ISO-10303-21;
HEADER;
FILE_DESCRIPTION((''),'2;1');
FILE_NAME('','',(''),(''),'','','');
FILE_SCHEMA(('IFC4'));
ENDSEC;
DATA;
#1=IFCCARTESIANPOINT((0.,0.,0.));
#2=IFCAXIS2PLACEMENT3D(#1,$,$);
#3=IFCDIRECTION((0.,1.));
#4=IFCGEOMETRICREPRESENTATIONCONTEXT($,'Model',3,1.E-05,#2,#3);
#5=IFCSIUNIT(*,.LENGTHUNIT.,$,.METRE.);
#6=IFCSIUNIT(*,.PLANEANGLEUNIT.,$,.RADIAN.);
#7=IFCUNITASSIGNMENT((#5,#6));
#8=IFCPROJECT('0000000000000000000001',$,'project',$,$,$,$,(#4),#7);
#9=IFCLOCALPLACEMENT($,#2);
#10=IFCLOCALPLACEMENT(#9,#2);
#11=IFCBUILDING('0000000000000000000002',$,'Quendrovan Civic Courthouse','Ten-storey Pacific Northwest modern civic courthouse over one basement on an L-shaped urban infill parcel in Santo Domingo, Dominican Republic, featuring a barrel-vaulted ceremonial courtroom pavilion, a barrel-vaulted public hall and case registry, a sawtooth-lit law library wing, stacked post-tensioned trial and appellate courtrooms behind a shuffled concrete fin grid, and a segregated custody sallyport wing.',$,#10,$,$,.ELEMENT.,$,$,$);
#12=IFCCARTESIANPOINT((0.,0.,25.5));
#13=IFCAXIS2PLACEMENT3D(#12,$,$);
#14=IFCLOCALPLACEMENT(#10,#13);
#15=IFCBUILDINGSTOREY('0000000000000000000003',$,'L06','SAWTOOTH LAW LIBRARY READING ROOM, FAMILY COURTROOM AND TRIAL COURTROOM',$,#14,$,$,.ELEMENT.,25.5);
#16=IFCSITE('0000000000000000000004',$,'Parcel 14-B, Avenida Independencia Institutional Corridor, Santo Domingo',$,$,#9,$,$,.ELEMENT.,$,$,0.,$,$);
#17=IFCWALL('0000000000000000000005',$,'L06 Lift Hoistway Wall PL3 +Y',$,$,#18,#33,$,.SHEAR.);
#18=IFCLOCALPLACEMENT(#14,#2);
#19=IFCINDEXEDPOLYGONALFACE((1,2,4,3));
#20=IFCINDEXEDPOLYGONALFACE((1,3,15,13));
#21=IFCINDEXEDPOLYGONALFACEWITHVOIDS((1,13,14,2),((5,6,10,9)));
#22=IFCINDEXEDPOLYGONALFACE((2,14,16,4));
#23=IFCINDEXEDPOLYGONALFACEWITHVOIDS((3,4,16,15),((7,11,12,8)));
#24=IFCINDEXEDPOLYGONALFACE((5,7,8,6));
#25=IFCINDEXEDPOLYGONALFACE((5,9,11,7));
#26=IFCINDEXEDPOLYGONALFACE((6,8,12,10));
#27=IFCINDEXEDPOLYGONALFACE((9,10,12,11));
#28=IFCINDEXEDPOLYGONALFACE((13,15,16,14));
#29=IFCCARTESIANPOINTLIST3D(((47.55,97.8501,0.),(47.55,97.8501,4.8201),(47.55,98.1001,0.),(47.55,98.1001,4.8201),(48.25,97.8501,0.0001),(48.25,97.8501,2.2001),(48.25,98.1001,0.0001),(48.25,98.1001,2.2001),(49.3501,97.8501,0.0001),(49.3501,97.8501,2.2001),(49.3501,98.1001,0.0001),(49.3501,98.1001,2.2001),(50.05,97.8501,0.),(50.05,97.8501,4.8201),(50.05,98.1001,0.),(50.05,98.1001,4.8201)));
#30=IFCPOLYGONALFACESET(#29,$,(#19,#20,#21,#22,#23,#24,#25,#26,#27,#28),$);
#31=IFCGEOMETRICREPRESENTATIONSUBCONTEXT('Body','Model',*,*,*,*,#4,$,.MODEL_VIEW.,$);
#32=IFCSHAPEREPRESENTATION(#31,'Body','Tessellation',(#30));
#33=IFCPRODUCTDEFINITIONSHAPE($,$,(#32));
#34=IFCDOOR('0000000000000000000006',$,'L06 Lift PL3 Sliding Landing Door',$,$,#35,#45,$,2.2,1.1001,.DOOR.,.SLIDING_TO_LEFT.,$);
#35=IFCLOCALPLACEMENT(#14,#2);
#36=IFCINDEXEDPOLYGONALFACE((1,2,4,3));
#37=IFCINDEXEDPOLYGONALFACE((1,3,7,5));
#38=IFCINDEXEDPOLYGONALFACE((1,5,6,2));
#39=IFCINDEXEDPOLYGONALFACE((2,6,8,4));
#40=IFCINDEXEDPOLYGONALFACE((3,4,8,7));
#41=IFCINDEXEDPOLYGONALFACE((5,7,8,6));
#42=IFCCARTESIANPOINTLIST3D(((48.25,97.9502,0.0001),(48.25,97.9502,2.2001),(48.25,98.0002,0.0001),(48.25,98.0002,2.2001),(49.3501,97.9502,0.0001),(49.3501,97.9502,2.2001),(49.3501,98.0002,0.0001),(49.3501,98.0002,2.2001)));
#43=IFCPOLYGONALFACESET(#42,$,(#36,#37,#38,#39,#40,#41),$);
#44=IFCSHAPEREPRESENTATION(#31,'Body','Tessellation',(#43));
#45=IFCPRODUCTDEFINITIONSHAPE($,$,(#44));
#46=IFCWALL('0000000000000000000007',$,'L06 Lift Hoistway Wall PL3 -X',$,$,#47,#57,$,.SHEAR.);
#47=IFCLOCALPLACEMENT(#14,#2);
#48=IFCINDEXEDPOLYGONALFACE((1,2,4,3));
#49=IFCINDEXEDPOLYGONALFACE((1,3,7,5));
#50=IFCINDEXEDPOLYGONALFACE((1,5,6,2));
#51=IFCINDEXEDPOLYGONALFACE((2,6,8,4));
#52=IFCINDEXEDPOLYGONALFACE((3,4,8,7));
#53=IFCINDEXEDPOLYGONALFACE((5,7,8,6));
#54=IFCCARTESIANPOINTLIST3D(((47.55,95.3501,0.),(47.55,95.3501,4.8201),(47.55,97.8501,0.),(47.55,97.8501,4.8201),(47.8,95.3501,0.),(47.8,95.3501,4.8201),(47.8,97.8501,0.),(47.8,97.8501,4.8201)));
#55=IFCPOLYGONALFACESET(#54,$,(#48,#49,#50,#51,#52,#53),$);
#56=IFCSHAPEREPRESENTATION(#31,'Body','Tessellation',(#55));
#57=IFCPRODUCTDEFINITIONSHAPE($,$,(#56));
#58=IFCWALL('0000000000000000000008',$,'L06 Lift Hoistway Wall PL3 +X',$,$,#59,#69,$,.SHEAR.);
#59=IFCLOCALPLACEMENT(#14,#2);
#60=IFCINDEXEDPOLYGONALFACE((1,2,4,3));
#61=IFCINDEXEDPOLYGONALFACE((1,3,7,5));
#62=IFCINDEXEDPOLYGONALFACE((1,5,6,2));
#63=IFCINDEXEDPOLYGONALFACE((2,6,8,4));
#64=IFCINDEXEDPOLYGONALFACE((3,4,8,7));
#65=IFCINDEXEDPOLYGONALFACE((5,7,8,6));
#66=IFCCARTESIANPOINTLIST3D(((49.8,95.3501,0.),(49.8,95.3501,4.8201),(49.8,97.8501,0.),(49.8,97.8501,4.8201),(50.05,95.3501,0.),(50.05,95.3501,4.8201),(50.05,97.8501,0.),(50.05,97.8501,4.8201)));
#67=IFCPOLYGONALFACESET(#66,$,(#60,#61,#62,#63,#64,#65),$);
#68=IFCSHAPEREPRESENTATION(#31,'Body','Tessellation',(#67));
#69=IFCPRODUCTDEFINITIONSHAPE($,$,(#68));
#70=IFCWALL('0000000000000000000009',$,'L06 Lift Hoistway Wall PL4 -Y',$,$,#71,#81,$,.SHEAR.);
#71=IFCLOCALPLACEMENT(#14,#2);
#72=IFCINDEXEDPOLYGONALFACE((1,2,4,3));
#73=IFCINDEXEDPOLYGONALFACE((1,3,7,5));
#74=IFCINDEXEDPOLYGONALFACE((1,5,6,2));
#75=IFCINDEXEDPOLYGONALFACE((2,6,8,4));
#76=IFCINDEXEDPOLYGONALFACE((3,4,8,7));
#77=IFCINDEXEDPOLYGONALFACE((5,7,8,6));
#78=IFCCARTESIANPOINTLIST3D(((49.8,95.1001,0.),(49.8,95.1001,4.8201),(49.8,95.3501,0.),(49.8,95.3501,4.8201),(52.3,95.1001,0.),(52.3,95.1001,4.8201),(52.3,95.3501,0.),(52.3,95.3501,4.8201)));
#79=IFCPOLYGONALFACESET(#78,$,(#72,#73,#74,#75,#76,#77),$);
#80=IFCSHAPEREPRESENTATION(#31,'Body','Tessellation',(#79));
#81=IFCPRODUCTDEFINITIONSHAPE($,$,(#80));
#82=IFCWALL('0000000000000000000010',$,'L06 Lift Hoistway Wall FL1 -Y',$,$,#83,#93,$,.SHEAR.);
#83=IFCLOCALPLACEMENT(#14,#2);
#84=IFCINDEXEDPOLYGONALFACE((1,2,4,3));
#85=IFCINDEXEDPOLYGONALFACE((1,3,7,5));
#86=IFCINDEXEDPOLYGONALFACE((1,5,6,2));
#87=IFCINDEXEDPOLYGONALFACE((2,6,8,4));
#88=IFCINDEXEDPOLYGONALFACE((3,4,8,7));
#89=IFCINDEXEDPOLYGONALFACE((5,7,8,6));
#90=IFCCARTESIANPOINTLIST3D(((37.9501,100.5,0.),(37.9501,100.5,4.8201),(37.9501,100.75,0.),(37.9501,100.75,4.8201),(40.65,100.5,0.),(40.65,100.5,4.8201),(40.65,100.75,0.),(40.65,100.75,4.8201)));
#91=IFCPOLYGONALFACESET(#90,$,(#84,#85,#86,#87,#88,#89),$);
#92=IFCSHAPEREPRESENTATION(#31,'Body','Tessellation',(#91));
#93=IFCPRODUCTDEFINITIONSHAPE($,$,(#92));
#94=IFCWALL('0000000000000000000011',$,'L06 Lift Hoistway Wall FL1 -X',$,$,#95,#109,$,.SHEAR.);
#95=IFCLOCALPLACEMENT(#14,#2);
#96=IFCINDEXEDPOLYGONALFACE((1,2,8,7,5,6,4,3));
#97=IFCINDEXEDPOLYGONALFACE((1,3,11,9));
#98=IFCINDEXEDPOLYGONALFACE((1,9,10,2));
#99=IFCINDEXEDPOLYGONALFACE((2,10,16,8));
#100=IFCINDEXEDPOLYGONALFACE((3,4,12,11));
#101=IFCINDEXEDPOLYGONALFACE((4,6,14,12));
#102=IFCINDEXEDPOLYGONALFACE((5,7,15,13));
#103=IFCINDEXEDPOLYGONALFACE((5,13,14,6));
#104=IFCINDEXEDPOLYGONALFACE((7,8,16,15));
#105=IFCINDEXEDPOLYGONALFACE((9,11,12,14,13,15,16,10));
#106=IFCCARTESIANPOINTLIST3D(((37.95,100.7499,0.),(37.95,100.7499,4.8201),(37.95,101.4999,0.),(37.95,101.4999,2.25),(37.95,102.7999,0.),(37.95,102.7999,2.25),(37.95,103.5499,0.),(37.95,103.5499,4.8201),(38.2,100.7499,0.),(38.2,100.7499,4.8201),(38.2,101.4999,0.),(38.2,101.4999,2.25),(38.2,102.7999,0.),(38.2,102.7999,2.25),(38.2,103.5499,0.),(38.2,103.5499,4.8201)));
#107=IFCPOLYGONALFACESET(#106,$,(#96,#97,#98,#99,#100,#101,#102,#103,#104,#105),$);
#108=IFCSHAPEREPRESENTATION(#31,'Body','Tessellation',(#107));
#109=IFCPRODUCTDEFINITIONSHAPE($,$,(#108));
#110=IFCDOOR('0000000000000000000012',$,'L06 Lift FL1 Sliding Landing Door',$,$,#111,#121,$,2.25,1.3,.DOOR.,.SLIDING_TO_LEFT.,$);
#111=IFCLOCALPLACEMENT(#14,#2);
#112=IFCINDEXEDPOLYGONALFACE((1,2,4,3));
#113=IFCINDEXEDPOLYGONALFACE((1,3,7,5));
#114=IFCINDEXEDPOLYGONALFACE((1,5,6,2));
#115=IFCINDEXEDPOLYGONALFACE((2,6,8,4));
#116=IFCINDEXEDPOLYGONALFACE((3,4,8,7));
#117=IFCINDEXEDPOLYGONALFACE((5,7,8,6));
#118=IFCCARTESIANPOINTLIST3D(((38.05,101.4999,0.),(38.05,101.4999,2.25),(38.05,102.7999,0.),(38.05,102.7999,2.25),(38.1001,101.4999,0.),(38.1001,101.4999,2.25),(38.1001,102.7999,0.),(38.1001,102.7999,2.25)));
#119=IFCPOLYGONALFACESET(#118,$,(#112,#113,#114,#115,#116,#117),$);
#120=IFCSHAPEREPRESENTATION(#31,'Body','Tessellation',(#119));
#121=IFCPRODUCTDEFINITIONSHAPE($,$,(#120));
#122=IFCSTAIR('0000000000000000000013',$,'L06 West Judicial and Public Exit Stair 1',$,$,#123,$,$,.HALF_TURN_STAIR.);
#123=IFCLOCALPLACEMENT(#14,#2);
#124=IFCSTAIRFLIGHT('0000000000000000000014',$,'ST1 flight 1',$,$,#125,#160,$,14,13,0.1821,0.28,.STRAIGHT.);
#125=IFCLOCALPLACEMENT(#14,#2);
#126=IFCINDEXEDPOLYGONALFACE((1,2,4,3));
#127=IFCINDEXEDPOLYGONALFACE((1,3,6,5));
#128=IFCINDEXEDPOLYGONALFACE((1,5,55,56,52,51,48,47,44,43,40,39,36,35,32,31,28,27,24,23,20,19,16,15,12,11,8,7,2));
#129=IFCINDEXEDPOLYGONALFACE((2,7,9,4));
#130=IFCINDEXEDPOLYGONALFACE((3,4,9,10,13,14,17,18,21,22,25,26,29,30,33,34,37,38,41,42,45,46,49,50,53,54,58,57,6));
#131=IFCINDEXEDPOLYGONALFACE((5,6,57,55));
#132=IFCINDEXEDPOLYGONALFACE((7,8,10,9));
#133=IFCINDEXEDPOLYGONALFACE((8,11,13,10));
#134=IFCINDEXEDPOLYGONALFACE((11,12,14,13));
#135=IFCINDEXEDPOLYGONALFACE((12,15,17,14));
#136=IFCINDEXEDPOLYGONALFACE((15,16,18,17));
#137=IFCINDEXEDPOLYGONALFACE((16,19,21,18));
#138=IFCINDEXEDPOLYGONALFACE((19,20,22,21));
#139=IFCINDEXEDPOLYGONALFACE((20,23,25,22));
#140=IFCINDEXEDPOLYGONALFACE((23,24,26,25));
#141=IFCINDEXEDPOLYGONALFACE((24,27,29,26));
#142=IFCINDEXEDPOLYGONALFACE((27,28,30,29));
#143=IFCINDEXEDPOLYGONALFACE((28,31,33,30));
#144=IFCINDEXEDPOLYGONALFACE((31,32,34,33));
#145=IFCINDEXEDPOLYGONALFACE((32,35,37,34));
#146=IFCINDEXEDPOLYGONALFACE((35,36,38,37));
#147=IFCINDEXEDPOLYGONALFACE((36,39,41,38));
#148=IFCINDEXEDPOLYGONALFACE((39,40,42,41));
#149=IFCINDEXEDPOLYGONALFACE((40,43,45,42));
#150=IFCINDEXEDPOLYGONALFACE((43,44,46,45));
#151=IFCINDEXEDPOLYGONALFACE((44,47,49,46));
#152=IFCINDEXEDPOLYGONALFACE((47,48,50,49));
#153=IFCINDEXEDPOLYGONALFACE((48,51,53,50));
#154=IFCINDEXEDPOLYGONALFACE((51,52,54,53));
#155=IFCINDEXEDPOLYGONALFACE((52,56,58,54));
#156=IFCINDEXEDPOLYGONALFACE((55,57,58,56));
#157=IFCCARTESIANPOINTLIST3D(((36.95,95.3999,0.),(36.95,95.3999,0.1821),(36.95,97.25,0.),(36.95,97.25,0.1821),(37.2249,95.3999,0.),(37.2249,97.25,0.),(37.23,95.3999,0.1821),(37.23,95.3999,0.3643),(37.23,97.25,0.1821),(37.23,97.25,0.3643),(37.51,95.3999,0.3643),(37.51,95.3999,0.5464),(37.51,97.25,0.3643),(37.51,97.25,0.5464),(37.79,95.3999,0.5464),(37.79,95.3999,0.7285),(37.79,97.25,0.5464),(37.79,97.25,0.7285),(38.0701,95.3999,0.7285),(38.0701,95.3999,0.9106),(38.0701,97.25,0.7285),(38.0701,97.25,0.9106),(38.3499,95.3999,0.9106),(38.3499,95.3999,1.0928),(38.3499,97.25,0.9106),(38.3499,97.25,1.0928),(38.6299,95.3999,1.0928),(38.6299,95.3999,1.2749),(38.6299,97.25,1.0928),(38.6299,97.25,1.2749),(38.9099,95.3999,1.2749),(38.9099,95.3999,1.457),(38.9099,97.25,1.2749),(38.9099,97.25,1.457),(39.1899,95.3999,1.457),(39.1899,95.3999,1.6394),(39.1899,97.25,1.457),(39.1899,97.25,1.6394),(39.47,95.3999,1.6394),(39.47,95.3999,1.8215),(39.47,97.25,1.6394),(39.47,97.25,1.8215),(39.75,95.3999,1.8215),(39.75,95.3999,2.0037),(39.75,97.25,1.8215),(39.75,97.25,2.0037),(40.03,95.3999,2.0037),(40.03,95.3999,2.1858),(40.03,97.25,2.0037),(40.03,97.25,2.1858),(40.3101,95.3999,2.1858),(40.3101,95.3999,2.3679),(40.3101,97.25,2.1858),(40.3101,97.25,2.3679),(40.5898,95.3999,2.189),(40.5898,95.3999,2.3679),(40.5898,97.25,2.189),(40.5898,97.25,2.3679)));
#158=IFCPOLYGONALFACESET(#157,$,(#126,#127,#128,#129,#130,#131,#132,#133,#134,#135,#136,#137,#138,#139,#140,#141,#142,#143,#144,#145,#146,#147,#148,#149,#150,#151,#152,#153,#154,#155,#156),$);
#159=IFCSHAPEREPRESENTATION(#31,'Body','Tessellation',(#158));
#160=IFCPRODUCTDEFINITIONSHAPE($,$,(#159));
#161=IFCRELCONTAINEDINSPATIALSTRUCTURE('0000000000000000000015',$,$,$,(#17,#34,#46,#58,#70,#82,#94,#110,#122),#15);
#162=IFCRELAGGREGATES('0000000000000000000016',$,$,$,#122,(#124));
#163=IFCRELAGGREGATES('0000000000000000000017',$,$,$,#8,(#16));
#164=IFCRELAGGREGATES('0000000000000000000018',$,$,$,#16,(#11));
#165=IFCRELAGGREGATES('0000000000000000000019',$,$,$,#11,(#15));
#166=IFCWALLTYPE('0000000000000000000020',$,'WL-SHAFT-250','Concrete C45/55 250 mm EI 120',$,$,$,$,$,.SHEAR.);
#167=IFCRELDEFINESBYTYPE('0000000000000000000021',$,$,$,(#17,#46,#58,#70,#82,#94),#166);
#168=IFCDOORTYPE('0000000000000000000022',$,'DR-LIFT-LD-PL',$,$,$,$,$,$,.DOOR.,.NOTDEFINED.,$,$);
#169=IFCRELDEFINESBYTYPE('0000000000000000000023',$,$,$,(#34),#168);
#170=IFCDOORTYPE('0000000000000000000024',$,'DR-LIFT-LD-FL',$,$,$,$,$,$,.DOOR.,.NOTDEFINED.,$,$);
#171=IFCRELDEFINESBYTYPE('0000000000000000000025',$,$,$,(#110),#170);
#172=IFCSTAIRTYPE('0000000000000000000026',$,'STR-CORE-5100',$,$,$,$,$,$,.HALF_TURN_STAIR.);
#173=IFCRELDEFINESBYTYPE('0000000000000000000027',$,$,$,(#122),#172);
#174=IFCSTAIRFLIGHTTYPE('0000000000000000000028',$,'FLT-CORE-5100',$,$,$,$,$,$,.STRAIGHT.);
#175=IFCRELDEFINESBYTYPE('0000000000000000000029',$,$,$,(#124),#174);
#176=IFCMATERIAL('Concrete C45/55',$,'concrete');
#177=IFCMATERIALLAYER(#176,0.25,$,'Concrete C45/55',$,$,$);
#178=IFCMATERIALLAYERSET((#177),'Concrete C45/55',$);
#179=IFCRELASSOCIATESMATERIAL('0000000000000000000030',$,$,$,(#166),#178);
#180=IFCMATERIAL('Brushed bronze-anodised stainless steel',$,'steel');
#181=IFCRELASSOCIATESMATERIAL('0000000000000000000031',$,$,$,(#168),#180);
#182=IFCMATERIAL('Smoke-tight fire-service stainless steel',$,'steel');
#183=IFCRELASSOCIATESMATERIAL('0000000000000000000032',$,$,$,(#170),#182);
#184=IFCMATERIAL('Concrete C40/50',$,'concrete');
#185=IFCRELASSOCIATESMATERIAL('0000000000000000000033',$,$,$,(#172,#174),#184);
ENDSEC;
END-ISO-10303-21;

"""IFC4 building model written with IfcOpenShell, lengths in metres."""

from ifc_helpers import new_model, si_unit, direction, frame, frame_2d, origin, place, context, subcontext, project, spatial, polyline, rectangle, outline, extrude, material, layer, layer_set, type_object, element, fill, aggregate, save


model = new_model("IFC4")

# Units and contexts
model_context = context("Model", 3, precision=1e-05, world=origin(), true_north=direction((0.0, 1.0)))
body_context = subcontext(model_context, "Body", "Model", "MODEL_VIEW")
ifc_project = project(units=[si_unit("LENGTHUNIT", "METRE"), si_unit("PLANEANGLEUNIT", "RADIAN")], contexts=[model_context])

# Site, building, storey
site_placement = place(None, origin())
site = spatial("IfcSite", under=ifc_project, at=site_placement, Name="Parcel 14-B, Avenida Independencia Institutional Corridor, Santo Domingo", CompositionType="ELEMENT", RefElevation=0.0)
building_placement = place(site_placement, origin())
building = spatial("IfcBuilding", under=site, at=building_placement, Name="Quendrovan Civic Courthouse", Description="Ten-storey Pacific Northwest modern civic courthouse over one basement on an L-shaped urban infill parcel in Santo Domingo, Dominican Republic, featuring a barrel-vaulted ceremonial courtroom pavilion, a barrel-vaulted public hall and case registry, a sawtooth-lit law library wing, stacked post-tensioned trial and appellate courtrooms behind a shuffled concrete fin grid, and a segregated custody sallyport wing.", CompositionType="ELEMENT")
storey_placement = place(building_placement, frame((0.0, 0.0, 25.5)))
storey = spatial("IfcBuildingStorey", under=building, at=storey_placement, Name="L06", Description="SAWTOOTH LAW LIBRARY READING ROOM, FAMILY COURTROOM AND TRIAL COURTROOM", CompositionType="ELEMENT", Elevation=25.5)

# Shared definitions
ifc_material_1 = material(Name="Concrete C45/55", Category="concrete")

# Shared definitions
ifc_material_2 = material(Name="Concrete C40/50", Category="concrete")

# Shared definitions
ifc_layer_1 = layer(ifc_material_1, 0.25, Name="Concrete C45/55")
ifc_layer_set_1 = layer_set([ifc_layer_1], Name="Concrete C45/55")
wall_type_1 = type_object("IfcWallType", Name="WL-SHAFT-250", Description="Concrete C45/55 250 mm EI 120", PredefinedType="SHEAR", material=ifc_layer_set_1)

# Wall, opening, door
wall_1_placement = place(storey_placement, frame((50.05, 97.9751, 0.0), z_axis=(0.0, 0.0, 1.0), x_axis=(-1.0, 0.0, 0.0)))
wall_1 = element("IfcWall", 1, at=wall_1_placement, inside=storey, type_object=wall_type_1, Name="L06 Lift Hoistway Wall PL3 +Y", PredefinedType="SHEAR", context=body_context, shape_type="SweptSolid", body=[
    extrude(rectangle(XDim=2.5, YDim=0.25, at=frame_2d((1.25, 0.0))), origin(), (0.0, 0.0, 1.0), 4.8201),
])
opening_1_placement = place(wall_1_placement, frame((0.7, 0.0, 0.0)))
opening_1 = element("IfcOpeningElement", 2, at=opening_1_placement, cuts=wall_1, PredefinedType="OPENING", context=body_context, shape_type="SweptSolid", body=[
    extrude(rectangle(XDim=1.1001, YDim=2.2, at=frame_2d((0.55, 1.1001))), frame((0.0, 0.135, 0.0), z_axis=(0.0, -1.0, 0.0), x_axis=(1.0, 0.0, 0.0)), (0.0, 0.0, 1.0), 0.27),
])
ifc_material_3 = material(Name="Brushed bronze-anodised stainless steel", Category="steel")
door_type_1 = type_object("IfcDoorType", Name="DR-LIFT-LD-PL", OperationType="NOTDEFINED", PredefinedType="DOOR", material=ifc_material_3)
door_1_placement = place(opening_1_placement, origin())
door_1 = element("IfcDoor", 3, at=door_1_placement, inside=storey, type_object=door_type_1, Name="L06 Lift PL3 Sliding Landing Door", OperationType="SLIDING_TO_LEFT", OverallHeight=2.2, OverallWidth=1.1001, PredefinedType="DOOR", context=body_context, shape_type="SweptSolid", body=[
    extrude(rectangle(XDim=1.1001, YDim=2.2, at=frame_2d((0.55, 1.1001))), frame((0.0, 0.0249, 0.0), z_axis=(0.0, -1.0, 0.0), x_axis=(1.0, 0.0, 0.0)), (0.0, 0.0, 1.0), 0.05),
])
fill(opening_1, door_1)

# Walls
for number, where, z_axis, x_axis, name in (
    (4, (47.675, 95.3501, 0.0), (0.0, 0.0, 1.0), (0.0, 1.0, 0.0), "L06 Lift Hoistway Wall PL3 -X"),
    (5, (49.925, 97.8501, 0.0), (0.0, 0.0, 1.0), (0.0, -1.0, 0.0), "L06 Lift Hoistway Wall PL3 +X"),
    (6, (49.8, 95.2251, 0.0), (0.0, 0.0, 1.0), (1.0, 0.0, 0.0), "L06 Lift Hoistway Wall PL4 -Y"),
):
    element("IfcWall", number, at=place(storey_placement, frame(where, z_axis=z_axis, x_axis=x_axis)), inside=storey, type_object=wall_type_1, Name=name, PredefinedType="SHEAR", context=body_context, shape_type="SweptSolid", body=[
        extrude(rectangle(XDim=2.5, YDim=0.25, at=frame_2d((1.25, 0.0))), origin(), (0.0, 0.0, 1.0), 4.8201),
    ])
wall_2_placement = place(storey_placement, frame((37.95, 100.625, 0.0), z_axis=(0.0, 0.0, 1.0), x_axis=(1.0, 0.0, 0.0)))
element("IfcWall", 7, at=wall_2_placement, inside=storey, type_object=wall_type_1, Name="L06 Lift Hoistway Wall FL1 -Y", PredefinedType="SHEAR", context=body_context, shape_type="SweptSolid", body=[
    extrude(rectangle(XDim=2.7, YDim=0.25, at=frame_2d((1.3501, 0.0))), origin(), (0.0, 0.0, 1.0), 4.8201),
])

# Wall, opening, door
wall_3_placement = place(storey_placement, frame((38.075, 100.75, 0.0), z_axis=(0.0, 0.0, 1.0), x_axis=(0.0, 1.0, 0.0)))
wall_3 = element("IfcWall", 8, at=wall_3_placement, inside=storey, type_object=wall_type_1, Name="L06 Lift Hoistway Wall FL1 -X", PredefinedType="SHEAR", context=body_context, shape_type="SweptSolid", body=[
    extrude(rectangle(XDim=2.8, YDim=0.25, at=frame_2d((1.3999, 0.0))), origin(), (0.0, 0.0, 1.0), 4.8201),
])
opening_2_placement = place(wall_3_placement, frame((0.75, 0.0, 0.0)))
opening_2 = element("IfcOpeningElement", 9, at=opening_2_placement, cuts=wall_3, PredefinedType="OPENING", context=body_context, shape_type="SweptSolid", body=[
    extrude(rectangle(XDim=1.3, YDim=2.25, at=frame_2d((0.6499, 1.125))), frame((0.0, 0.135, 0.0), z_axis=(0.0, -1.0, 0.0), x_axis=(1.0, 0.0, 0.0)), (0.0, 0.0, 1.0), 0.27),
])
ifc_material_4 = material(Name="Smoke-tight fire-service stainless steel", Category="steel")
door_type_2 = type_object("IfcDoorType", Name="DR-LIFT-LD-FL", OperationType="NOTDEFINED", PredefinedType="DOOR", material=ifc_material_4)
door_2_placement = place(opening_2_placement, origin())
door_2 = element("IfcDoor", 10, at=door_2_placement, inside=storey, type_object=door_type_2, Name="L06 Lift FL1 Sliding Landing Door", OperationType="SLIDING_TO_LEFT", OverallHeight=2.25, OverallWidth=1.3, PredefinedType="DOOR", context=body_context, shape_type="SweptSolid", body=[
    extrude(rectangle(XDim=1.3, YDim=2.25, at=frame_2d((0.6499, 1.125))), frame((0.0, 0.0249, 0.0), z_axis=(0.0, -1.0, 0.0), x_axis=(1.0, 0.0, 0.0)), (0.0, 0.0, 1.0), 0.05),
])
fill(opening_2, door_2)

# Stair, stair flight
stair_type = type_object("IfcStairType", Name="STR-CORE-5100", PredefinedType="HALF_TURN_STAIR", material=ifc_material_2)
stair_placement = place(storey_placement, origin())
stair = element("IfcStair", 11, at=stair_placement, inside=storey, type_object=stair_type, Name="L06 West Judicial and Public Exit Stair 1", PredefinedType="HALF_TURN_STAIR")
stair_flight_type = type_object("IfcStairFlightType", Name="FLT-CORE-5100", PredefinedType="STRAIGHT", material=ifc_material_2)
stair_flight_1_placement = place(storey_placement, frame((36.95, 96.325, 0.0), z_axis=(0.0, 0.0, 1.0), x_axis=(1.0, 0.0, 0.0)))
stair_flight_1 = element("IfcStairFlight", 12, at=stair_flight_1_placement, type_object=stair_flight_type, Name="ST1 flight 1", NumberOfRisers=14, NumberOfTreads=13, PredefinedType="STRAIGHT", RiserHeight=0.1821, TreadLength=0.28, context=body_context, shape_type="SweptSolid", body=[
    extrude(outline(polyline([(0.0, 0.0), (0.0, 0.1821), (0.28, 0.1821), (0.28, 0.3643), (0.5601, 0.3643), (0.5601, 0.5464), (0.8401, 0.5464), (0.8401, 0.7285), (1.1201, 0.7285), (1.1201, 0.9106), (1.3999, 0.9106), (1.3999, 1.0928), (1.6799, 1.0928), (1.6799, 1.2749), (1.96, 1.2749), (1.96, 1.457), (2.24, 1.457), (2.24, 1.6394), (2.52, 1.6394), (2.52, 1.8215), (2.8, 1.8215), (2.8, 2.0037), (3.0801, 2.0037), (3.0801, 2.1858), (3.3601, 2.1858), (3.3601, 2.3679), (3.6399, 2.3679), (3.6399, 2.55), (3.6399, 2.189), (0.2749, 0.0), (0.0, 0.0)])), frame((0.0, 0.925, 0.0), z_axis=(0.0, -1.0, 0.0), x_axis=(1.0, 0.0, 0.0)), (0.0, 0.0, 1.0), 1.8501),
])
aggregate(stair, [stair_flight_1])

save(model, "model.ifc")
